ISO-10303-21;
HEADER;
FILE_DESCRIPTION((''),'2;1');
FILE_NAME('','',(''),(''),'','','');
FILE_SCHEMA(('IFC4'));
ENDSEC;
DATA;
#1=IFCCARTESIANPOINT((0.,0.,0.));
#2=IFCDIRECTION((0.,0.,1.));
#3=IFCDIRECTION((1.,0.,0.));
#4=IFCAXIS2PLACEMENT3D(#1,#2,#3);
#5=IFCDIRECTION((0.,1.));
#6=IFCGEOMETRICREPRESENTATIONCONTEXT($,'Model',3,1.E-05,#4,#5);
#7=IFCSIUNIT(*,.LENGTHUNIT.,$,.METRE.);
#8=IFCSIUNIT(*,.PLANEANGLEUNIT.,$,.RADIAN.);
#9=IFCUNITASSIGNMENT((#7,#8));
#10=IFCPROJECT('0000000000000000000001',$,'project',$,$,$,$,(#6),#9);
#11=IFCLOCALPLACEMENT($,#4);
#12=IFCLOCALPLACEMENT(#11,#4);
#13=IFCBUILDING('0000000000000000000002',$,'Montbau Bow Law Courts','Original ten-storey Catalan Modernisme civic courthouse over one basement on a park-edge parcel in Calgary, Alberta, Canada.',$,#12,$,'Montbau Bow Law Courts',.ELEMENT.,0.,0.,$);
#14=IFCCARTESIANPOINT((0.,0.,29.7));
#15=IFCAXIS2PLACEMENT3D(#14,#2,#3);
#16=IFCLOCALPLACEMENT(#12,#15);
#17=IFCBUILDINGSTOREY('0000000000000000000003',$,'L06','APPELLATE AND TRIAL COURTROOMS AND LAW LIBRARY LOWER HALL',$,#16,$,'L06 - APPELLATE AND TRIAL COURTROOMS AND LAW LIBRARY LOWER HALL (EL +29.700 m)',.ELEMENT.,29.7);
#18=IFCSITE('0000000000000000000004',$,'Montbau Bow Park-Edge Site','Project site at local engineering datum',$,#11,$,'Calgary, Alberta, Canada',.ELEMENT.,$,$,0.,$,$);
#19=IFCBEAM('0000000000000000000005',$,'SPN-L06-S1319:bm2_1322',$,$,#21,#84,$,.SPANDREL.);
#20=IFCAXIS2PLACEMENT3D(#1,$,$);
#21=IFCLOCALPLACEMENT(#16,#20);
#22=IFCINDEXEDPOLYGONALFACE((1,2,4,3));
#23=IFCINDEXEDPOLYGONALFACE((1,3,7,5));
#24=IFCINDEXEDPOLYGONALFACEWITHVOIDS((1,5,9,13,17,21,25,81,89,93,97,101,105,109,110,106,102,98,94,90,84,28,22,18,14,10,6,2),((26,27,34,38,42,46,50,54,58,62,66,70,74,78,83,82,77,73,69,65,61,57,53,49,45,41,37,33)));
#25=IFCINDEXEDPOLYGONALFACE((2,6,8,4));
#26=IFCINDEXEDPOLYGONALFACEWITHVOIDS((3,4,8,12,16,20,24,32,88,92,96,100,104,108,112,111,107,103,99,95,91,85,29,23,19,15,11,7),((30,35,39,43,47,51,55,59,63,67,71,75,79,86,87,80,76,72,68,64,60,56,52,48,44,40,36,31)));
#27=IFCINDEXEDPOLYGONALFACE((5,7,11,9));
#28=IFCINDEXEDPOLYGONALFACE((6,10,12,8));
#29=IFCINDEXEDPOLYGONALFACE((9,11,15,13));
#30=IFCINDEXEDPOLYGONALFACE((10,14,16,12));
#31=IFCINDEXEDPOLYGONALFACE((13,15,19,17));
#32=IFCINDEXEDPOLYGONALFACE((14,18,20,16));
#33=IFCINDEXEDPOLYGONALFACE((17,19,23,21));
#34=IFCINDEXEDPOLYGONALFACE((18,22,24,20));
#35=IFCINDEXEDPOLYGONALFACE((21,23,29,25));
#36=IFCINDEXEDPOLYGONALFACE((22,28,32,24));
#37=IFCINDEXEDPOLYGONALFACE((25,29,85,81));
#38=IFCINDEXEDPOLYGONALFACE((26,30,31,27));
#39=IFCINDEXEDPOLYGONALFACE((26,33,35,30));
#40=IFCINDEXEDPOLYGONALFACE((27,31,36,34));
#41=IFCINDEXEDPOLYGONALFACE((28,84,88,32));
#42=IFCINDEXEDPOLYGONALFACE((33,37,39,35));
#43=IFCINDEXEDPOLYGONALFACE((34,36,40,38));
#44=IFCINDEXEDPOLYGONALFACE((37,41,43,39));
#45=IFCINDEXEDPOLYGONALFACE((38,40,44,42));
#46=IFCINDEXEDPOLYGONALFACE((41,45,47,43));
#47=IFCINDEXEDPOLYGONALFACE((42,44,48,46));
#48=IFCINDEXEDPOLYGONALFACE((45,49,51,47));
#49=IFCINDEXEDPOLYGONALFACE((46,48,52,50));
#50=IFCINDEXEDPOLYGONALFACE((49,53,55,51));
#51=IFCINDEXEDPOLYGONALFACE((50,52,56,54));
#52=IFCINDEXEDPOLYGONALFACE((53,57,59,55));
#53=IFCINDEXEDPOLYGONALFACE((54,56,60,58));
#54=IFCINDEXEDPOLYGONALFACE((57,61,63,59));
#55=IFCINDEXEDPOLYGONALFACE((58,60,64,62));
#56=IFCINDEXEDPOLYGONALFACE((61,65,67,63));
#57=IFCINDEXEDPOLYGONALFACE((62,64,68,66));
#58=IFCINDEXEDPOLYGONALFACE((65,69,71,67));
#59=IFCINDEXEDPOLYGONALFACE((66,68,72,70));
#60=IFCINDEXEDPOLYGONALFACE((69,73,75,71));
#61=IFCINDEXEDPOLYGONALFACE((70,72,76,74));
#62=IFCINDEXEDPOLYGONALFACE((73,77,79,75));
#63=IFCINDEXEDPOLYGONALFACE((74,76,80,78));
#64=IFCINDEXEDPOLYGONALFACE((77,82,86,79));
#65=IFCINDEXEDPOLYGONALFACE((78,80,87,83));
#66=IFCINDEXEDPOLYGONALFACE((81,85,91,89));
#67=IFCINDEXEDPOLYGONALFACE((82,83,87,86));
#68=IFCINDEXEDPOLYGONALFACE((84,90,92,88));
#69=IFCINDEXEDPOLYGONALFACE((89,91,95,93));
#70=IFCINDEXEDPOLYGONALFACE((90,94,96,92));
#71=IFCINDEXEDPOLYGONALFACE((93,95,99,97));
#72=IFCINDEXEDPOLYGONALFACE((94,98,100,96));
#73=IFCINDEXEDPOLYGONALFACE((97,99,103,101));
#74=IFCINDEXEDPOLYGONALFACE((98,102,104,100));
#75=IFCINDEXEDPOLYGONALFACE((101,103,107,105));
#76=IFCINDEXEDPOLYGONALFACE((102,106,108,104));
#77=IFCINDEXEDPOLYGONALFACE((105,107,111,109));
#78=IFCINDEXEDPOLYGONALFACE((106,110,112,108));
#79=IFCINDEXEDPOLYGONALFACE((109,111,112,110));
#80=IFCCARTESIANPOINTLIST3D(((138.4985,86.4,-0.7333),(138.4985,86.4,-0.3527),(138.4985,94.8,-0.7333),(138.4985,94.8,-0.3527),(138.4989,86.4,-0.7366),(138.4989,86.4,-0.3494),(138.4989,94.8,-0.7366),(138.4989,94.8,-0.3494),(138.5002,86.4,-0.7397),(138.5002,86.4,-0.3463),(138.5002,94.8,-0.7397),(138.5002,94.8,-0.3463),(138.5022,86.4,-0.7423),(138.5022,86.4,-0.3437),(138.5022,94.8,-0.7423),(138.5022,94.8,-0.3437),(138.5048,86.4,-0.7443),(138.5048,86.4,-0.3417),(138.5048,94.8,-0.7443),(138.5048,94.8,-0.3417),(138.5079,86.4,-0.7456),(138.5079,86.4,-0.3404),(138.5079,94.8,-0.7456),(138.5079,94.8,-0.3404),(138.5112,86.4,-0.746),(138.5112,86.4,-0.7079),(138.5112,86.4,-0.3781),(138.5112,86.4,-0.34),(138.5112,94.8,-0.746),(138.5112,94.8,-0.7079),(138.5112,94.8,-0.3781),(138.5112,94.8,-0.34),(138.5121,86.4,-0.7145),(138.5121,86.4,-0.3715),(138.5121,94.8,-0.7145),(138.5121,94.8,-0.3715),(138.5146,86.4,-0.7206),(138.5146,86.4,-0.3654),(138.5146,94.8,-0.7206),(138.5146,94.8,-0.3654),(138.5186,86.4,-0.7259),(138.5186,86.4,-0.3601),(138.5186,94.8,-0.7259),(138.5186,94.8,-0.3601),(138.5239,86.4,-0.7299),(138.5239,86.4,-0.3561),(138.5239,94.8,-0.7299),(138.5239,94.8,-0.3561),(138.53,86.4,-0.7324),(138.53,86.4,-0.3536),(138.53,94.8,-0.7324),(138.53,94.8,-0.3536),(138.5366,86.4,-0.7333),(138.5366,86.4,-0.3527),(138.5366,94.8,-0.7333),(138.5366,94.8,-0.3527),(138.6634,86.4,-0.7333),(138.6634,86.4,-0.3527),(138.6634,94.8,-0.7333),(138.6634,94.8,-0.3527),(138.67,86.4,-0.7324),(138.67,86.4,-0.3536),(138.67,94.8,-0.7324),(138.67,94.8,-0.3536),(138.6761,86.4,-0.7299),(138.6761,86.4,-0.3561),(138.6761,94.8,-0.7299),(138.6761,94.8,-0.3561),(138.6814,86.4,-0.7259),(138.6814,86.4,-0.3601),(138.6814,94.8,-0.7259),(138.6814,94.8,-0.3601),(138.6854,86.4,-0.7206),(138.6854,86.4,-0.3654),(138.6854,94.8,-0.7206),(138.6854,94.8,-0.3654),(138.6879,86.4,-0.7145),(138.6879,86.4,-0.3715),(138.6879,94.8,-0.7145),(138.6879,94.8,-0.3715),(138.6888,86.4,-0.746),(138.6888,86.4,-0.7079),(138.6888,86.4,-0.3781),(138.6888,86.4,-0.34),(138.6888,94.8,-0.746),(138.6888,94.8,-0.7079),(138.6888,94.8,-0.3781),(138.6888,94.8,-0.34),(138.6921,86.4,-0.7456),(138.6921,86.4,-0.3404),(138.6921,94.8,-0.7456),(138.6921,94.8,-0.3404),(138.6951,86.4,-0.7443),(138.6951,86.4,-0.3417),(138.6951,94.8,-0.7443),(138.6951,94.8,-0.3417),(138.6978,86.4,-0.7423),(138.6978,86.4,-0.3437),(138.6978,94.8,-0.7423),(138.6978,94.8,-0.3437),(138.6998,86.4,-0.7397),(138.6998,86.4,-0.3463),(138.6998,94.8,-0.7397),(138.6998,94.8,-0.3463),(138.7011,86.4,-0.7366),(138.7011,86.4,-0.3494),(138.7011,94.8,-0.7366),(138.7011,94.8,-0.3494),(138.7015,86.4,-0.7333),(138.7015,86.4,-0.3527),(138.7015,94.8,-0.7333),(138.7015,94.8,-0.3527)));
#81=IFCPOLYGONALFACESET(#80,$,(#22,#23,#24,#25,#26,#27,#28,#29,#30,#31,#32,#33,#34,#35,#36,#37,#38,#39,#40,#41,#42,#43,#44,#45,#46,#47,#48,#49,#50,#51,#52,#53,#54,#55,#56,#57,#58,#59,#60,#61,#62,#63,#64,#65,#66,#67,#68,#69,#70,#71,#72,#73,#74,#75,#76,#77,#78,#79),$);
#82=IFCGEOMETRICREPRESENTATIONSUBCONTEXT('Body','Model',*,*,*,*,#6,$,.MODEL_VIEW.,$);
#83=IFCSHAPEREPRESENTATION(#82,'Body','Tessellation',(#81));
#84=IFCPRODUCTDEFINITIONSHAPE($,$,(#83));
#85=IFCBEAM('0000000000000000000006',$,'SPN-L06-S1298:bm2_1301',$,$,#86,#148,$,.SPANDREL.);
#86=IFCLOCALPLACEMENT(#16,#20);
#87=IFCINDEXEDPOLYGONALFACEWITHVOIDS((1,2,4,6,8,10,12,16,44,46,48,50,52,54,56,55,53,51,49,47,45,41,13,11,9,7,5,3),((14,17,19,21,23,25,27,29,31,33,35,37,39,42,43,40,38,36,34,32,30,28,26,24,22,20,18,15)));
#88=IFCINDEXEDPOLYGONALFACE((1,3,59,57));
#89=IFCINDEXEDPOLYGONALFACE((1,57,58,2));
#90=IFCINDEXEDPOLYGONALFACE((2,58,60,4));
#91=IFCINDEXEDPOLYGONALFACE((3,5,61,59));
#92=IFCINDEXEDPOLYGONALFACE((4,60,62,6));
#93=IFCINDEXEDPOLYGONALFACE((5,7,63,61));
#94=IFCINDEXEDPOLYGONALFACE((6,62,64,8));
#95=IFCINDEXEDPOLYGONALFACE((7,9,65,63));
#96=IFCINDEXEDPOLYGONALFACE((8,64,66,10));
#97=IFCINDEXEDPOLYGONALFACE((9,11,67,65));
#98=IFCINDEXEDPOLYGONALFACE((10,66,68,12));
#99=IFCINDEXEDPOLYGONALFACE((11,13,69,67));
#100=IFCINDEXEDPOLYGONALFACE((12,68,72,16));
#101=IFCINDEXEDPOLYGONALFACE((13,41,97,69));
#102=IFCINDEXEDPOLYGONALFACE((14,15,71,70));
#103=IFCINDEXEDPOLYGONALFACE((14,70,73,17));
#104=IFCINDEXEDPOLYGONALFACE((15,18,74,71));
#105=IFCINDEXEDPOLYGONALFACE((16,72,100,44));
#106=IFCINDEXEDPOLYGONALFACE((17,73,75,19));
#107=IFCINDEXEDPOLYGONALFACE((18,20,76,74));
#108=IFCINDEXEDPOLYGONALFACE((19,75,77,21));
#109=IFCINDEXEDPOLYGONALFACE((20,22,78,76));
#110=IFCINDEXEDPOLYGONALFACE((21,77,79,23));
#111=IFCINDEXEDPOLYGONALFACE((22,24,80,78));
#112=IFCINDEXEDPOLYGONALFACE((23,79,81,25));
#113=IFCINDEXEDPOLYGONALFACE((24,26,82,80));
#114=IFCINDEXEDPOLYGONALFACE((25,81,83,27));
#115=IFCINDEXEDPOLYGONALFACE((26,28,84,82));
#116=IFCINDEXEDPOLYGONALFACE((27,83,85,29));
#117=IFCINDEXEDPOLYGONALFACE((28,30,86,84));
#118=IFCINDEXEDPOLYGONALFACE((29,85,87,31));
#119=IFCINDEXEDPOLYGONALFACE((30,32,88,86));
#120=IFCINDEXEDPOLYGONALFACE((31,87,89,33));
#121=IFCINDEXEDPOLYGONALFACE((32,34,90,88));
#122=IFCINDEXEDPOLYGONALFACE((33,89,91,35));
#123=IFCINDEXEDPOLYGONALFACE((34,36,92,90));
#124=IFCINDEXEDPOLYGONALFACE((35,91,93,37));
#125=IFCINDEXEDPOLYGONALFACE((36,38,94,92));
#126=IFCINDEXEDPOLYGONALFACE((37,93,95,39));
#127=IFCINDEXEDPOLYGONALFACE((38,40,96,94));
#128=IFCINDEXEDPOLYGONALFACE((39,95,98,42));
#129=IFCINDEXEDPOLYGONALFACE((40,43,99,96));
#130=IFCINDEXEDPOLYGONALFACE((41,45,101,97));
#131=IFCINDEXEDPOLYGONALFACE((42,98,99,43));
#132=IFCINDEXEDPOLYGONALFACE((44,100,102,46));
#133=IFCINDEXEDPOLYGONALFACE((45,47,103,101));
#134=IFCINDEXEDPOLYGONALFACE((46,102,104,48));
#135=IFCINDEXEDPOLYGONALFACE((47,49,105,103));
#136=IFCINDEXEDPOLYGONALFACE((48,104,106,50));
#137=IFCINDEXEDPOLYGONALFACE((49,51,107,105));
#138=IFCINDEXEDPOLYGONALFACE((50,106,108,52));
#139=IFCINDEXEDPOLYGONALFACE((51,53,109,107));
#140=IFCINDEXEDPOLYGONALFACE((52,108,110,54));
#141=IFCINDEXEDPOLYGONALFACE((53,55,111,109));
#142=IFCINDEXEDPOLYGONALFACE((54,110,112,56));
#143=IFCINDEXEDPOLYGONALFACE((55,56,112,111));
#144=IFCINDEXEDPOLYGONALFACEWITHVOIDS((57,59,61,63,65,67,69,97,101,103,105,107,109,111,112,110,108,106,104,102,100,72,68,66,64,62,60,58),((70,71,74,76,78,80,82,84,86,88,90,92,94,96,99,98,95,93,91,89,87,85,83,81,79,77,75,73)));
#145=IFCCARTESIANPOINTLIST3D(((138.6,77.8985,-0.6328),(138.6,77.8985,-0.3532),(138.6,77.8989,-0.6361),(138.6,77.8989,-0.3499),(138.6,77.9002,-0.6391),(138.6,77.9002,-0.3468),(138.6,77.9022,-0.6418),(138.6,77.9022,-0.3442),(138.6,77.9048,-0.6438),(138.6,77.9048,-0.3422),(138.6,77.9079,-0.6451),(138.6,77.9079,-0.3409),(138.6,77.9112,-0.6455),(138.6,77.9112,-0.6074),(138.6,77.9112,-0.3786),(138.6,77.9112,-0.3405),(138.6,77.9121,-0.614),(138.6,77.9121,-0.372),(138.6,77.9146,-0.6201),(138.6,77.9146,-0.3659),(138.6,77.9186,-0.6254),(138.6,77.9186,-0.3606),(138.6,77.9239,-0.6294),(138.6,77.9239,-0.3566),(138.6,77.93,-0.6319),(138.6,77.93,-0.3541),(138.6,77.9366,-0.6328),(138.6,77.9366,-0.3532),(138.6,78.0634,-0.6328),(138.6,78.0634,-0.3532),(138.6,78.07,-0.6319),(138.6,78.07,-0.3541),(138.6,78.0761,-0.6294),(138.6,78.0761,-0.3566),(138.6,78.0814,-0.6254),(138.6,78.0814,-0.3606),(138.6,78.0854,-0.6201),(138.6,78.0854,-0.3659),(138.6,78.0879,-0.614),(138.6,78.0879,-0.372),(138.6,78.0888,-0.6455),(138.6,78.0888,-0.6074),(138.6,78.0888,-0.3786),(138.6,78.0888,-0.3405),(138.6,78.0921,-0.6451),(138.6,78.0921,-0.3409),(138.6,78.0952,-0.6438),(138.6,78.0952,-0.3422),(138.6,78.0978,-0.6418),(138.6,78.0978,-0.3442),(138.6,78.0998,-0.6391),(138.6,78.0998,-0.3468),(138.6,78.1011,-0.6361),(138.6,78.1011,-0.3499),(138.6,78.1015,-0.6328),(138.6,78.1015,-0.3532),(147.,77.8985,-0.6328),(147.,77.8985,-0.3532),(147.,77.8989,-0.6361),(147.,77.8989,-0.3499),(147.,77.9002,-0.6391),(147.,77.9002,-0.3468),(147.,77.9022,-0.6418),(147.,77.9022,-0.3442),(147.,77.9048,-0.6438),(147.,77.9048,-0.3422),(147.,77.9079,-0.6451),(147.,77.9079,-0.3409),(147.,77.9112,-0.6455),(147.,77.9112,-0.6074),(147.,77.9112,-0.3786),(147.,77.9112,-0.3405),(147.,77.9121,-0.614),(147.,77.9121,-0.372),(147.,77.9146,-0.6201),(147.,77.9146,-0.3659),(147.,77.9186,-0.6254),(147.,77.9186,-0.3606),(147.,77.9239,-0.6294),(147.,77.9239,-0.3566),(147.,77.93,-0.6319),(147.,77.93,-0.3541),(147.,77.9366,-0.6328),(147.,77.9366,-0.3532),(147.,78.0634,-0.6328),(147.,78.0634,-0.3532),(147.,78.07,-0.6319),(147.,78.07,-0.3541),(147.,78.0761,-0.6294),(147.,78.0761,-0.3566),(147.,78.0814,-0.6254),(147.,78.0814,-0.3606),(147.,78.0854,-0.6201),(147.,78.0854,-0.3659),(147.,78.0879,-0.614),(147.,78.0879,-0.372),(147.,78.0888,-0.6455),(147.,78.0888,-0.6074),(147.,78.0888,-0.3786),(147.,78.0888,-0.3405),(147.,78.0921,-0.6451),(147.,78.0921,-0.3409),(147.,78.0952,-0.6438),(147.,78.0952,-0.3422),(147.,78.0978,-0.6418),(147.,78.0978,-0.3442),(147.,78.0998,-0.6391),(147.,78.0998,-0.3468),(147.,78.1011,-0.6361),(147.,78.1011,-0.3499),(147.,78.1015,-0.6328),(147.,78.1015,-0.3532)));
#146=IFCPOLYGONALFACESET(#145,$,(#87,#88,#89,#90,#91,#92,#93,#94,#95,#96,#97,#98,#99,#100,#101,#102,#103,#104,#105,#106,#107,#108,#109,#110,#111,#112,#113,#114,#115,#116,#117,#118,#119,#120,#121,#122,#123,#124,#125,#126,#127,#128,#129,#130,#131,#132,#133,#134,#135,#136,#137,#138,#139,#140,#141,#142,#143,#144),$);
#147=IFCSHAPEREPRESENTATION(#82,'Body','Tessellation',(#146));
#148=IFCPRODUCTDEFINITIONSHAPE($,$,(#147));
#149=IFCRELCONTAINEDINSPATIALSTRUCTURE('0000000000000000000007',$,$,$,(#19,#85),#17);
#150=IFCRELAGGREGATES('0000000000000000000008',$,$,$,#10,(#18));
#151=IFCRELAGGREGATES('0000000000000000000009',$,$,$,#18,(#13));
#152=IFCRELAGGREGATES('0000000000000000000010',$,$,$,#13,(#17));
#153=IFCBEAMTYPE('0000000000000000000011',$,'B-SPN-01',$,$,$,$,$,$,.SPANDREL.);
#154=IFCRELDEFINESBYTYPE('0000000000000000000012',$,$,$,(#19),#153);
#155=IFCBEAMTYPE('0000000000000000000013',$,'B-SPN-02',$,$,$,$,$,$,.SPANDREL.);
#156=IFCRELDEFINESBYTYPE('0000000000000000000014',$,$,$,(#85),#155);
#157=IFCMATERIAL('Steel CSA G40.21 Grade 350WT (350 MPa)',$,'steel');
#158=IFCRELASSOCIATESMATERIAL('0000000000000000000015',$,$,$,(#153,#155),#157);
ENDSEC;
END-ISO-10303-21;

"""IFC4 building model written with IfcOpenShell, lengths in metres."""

from ifc_helpers import new_model, si_unit, direction, frame, origin_with_axes, origin_2d_with_axis, place, context, subcontext, project, spatial, hollow_rectangle, extrude, material, material_profile, profile_set, type_object, element, save


model = new_model("IFC4")

# Units and contexts
model_context = context("Model", 3, precision=1e-05, world=origin_with_axes(), true_north=direction((0.0, 1.0)))
body_context = subcontext(model_context, "Body", "Model", "MODEL_VIEW")
ifc_project = project(units=[si_unit("LENGTHUNIT", "METRE"), si_unit("PLANEANGLEUNIT", "RADIAN")], contexts=[model_context])

# Site, building, storey
site_placement = place(None, origin_with_axes())
site = spatial("IfcSite", under=ifc_project, at=site_placement, Name="Montbau Bow Park-Edge Site", Description="Project site at local engineering datum", LongName="Calgary, Alberta, Canada", CompositionType="ELEMENT", RefElevation=0.0)
building_placement = place(site_placement, origin_with_axes())
building = spatial("IfcBuilding", under=site, at=building_placement, Name="Montbau Bow Law Courts", Description="Original ten-storey Catalan Modernisme civic courthouse over one basement on a park-edge parcel in Calgary, Alberta, Canada.", LongName="Montbau Bow Law Courts", CompositionType="ELEMENT", ElevationOfRefHeight=0.0, ElevationOfTerrain=0.0)
storey_placement = place(building_placement, frame((0.0, 0.0, 29.7), z_axis=(0.0, 0.0, 1.0), x_axis=(1.0, 0.0, 0.0)))
storey = spatial("IfcBuildingStorey", under=building, at=storey_placement, Name="L06", Description="APPELLATE AND TRIAL COURTROOMS AND LAW LIBRARY LOWER HALL", LongName="L06 - APPELLATE AND TRIAL COURTROOMS AND LAW LIBRARY LOWER HALL (EL +29.700 m)", CompositionType="ELEMENT", Elevation=29.7)

# Beams
ifc_material_1 = material(Name="Steel CSA G40.21 Grade 350WT (350 MPa)", Category="steel")
ifc_material_profile_1 = material_profile(ifc_material_1, hollow_rectangle(XDim=0.203, YDim=0.406, WallThickness=0.0127, InnerFilletRadius=0.0254, OuterFilletRadius=0.0127, at=origin_2d_with_axis()), Name="HSS406X203X13", Category="Main", Priority=0)
ifc_profile_set_1 = profile_set([ifc_material_profile_1], Name="Steel CSA G40.21 Grade 350WT (350 MPa)")
beam_type_1 = type_object("IfcBeamType", Name="B-SPN-01", PredefinedType="SPANDREL", material=ifc_profile_set_1)
for number, where, z_axis, x_axis, name in (
    (1, (138.6, 86.4, 29.157), (0.0, 1.0, 0.0), (-1.0, 0.0, 0.0), "SPN-L06-S1319:bm2_1322"),
):
    element("IfcBeam", number, at=place(None, frame(where, z_axis=z_axis, x_axis=x_axis)), inside=storey, type_object=beam_type_1, Name=name, PredefinedType="SPANDREL", context=body_context, shape_type="SweptSolid", body=[
        extrude(hollow_rectangle(XDim=0.203, YDim=0.406, WallThickness=0.0127, InnerFilletRadius=0.0254, OuterFilletRadius=0.0127, at=origin_2d_with_axis()), origin_with_axes(), (0.0, 0.0, 1.0), 8.4),
    ])
ifc_material_profile_2 = material_profile(ifc_material_1, hollow_rectangle(XDim=0.203, YDim=0.305, WallThickness=0.0127, InnerFilletRadius=0.0254, OuterFilletRadius=0.0127, at=origin_2d_with_axis()), Name="HSS305X203X13", Category="Main", Priority=0)
ifc_profile_set_2 = profile_set([ifc_material_profile_2], Name="Steel CSA G40.21 Grade 350WT (350 MPa)")
beam_type_2 = type_object("IfcBeamType", Name="B-SPN-02", PredefinedType="SPANDREL", material=ifc_profile_set_2)
beam_1_placement = place(None, frame((138.6, 78.0, 29.207), z_axis=(1.0, 0.0, 0.0), x_axis=(0.0, 1.0, 0.0)))
element("IfcBeam", 2, at=beam_1_placement, inside=storey, type_object=beam_type_2, Name="SPN-L06-S1298:bm2_1301", PredefinedType="SPANDREL", context=body_context, shape_type="SweptSolid", body=[
    extrude(hollow_rectangle(XDim=0.203, YDim=0.305, WallThickness=0.0127, InnerFilletRadius=0.0254, OuterFilletRadius=0.0127, at=origin_2d_with_axis()), origin_with_axes(), (0.0, 0.0, 1.0), 8.4),
])

save(model, "model.ifc")
